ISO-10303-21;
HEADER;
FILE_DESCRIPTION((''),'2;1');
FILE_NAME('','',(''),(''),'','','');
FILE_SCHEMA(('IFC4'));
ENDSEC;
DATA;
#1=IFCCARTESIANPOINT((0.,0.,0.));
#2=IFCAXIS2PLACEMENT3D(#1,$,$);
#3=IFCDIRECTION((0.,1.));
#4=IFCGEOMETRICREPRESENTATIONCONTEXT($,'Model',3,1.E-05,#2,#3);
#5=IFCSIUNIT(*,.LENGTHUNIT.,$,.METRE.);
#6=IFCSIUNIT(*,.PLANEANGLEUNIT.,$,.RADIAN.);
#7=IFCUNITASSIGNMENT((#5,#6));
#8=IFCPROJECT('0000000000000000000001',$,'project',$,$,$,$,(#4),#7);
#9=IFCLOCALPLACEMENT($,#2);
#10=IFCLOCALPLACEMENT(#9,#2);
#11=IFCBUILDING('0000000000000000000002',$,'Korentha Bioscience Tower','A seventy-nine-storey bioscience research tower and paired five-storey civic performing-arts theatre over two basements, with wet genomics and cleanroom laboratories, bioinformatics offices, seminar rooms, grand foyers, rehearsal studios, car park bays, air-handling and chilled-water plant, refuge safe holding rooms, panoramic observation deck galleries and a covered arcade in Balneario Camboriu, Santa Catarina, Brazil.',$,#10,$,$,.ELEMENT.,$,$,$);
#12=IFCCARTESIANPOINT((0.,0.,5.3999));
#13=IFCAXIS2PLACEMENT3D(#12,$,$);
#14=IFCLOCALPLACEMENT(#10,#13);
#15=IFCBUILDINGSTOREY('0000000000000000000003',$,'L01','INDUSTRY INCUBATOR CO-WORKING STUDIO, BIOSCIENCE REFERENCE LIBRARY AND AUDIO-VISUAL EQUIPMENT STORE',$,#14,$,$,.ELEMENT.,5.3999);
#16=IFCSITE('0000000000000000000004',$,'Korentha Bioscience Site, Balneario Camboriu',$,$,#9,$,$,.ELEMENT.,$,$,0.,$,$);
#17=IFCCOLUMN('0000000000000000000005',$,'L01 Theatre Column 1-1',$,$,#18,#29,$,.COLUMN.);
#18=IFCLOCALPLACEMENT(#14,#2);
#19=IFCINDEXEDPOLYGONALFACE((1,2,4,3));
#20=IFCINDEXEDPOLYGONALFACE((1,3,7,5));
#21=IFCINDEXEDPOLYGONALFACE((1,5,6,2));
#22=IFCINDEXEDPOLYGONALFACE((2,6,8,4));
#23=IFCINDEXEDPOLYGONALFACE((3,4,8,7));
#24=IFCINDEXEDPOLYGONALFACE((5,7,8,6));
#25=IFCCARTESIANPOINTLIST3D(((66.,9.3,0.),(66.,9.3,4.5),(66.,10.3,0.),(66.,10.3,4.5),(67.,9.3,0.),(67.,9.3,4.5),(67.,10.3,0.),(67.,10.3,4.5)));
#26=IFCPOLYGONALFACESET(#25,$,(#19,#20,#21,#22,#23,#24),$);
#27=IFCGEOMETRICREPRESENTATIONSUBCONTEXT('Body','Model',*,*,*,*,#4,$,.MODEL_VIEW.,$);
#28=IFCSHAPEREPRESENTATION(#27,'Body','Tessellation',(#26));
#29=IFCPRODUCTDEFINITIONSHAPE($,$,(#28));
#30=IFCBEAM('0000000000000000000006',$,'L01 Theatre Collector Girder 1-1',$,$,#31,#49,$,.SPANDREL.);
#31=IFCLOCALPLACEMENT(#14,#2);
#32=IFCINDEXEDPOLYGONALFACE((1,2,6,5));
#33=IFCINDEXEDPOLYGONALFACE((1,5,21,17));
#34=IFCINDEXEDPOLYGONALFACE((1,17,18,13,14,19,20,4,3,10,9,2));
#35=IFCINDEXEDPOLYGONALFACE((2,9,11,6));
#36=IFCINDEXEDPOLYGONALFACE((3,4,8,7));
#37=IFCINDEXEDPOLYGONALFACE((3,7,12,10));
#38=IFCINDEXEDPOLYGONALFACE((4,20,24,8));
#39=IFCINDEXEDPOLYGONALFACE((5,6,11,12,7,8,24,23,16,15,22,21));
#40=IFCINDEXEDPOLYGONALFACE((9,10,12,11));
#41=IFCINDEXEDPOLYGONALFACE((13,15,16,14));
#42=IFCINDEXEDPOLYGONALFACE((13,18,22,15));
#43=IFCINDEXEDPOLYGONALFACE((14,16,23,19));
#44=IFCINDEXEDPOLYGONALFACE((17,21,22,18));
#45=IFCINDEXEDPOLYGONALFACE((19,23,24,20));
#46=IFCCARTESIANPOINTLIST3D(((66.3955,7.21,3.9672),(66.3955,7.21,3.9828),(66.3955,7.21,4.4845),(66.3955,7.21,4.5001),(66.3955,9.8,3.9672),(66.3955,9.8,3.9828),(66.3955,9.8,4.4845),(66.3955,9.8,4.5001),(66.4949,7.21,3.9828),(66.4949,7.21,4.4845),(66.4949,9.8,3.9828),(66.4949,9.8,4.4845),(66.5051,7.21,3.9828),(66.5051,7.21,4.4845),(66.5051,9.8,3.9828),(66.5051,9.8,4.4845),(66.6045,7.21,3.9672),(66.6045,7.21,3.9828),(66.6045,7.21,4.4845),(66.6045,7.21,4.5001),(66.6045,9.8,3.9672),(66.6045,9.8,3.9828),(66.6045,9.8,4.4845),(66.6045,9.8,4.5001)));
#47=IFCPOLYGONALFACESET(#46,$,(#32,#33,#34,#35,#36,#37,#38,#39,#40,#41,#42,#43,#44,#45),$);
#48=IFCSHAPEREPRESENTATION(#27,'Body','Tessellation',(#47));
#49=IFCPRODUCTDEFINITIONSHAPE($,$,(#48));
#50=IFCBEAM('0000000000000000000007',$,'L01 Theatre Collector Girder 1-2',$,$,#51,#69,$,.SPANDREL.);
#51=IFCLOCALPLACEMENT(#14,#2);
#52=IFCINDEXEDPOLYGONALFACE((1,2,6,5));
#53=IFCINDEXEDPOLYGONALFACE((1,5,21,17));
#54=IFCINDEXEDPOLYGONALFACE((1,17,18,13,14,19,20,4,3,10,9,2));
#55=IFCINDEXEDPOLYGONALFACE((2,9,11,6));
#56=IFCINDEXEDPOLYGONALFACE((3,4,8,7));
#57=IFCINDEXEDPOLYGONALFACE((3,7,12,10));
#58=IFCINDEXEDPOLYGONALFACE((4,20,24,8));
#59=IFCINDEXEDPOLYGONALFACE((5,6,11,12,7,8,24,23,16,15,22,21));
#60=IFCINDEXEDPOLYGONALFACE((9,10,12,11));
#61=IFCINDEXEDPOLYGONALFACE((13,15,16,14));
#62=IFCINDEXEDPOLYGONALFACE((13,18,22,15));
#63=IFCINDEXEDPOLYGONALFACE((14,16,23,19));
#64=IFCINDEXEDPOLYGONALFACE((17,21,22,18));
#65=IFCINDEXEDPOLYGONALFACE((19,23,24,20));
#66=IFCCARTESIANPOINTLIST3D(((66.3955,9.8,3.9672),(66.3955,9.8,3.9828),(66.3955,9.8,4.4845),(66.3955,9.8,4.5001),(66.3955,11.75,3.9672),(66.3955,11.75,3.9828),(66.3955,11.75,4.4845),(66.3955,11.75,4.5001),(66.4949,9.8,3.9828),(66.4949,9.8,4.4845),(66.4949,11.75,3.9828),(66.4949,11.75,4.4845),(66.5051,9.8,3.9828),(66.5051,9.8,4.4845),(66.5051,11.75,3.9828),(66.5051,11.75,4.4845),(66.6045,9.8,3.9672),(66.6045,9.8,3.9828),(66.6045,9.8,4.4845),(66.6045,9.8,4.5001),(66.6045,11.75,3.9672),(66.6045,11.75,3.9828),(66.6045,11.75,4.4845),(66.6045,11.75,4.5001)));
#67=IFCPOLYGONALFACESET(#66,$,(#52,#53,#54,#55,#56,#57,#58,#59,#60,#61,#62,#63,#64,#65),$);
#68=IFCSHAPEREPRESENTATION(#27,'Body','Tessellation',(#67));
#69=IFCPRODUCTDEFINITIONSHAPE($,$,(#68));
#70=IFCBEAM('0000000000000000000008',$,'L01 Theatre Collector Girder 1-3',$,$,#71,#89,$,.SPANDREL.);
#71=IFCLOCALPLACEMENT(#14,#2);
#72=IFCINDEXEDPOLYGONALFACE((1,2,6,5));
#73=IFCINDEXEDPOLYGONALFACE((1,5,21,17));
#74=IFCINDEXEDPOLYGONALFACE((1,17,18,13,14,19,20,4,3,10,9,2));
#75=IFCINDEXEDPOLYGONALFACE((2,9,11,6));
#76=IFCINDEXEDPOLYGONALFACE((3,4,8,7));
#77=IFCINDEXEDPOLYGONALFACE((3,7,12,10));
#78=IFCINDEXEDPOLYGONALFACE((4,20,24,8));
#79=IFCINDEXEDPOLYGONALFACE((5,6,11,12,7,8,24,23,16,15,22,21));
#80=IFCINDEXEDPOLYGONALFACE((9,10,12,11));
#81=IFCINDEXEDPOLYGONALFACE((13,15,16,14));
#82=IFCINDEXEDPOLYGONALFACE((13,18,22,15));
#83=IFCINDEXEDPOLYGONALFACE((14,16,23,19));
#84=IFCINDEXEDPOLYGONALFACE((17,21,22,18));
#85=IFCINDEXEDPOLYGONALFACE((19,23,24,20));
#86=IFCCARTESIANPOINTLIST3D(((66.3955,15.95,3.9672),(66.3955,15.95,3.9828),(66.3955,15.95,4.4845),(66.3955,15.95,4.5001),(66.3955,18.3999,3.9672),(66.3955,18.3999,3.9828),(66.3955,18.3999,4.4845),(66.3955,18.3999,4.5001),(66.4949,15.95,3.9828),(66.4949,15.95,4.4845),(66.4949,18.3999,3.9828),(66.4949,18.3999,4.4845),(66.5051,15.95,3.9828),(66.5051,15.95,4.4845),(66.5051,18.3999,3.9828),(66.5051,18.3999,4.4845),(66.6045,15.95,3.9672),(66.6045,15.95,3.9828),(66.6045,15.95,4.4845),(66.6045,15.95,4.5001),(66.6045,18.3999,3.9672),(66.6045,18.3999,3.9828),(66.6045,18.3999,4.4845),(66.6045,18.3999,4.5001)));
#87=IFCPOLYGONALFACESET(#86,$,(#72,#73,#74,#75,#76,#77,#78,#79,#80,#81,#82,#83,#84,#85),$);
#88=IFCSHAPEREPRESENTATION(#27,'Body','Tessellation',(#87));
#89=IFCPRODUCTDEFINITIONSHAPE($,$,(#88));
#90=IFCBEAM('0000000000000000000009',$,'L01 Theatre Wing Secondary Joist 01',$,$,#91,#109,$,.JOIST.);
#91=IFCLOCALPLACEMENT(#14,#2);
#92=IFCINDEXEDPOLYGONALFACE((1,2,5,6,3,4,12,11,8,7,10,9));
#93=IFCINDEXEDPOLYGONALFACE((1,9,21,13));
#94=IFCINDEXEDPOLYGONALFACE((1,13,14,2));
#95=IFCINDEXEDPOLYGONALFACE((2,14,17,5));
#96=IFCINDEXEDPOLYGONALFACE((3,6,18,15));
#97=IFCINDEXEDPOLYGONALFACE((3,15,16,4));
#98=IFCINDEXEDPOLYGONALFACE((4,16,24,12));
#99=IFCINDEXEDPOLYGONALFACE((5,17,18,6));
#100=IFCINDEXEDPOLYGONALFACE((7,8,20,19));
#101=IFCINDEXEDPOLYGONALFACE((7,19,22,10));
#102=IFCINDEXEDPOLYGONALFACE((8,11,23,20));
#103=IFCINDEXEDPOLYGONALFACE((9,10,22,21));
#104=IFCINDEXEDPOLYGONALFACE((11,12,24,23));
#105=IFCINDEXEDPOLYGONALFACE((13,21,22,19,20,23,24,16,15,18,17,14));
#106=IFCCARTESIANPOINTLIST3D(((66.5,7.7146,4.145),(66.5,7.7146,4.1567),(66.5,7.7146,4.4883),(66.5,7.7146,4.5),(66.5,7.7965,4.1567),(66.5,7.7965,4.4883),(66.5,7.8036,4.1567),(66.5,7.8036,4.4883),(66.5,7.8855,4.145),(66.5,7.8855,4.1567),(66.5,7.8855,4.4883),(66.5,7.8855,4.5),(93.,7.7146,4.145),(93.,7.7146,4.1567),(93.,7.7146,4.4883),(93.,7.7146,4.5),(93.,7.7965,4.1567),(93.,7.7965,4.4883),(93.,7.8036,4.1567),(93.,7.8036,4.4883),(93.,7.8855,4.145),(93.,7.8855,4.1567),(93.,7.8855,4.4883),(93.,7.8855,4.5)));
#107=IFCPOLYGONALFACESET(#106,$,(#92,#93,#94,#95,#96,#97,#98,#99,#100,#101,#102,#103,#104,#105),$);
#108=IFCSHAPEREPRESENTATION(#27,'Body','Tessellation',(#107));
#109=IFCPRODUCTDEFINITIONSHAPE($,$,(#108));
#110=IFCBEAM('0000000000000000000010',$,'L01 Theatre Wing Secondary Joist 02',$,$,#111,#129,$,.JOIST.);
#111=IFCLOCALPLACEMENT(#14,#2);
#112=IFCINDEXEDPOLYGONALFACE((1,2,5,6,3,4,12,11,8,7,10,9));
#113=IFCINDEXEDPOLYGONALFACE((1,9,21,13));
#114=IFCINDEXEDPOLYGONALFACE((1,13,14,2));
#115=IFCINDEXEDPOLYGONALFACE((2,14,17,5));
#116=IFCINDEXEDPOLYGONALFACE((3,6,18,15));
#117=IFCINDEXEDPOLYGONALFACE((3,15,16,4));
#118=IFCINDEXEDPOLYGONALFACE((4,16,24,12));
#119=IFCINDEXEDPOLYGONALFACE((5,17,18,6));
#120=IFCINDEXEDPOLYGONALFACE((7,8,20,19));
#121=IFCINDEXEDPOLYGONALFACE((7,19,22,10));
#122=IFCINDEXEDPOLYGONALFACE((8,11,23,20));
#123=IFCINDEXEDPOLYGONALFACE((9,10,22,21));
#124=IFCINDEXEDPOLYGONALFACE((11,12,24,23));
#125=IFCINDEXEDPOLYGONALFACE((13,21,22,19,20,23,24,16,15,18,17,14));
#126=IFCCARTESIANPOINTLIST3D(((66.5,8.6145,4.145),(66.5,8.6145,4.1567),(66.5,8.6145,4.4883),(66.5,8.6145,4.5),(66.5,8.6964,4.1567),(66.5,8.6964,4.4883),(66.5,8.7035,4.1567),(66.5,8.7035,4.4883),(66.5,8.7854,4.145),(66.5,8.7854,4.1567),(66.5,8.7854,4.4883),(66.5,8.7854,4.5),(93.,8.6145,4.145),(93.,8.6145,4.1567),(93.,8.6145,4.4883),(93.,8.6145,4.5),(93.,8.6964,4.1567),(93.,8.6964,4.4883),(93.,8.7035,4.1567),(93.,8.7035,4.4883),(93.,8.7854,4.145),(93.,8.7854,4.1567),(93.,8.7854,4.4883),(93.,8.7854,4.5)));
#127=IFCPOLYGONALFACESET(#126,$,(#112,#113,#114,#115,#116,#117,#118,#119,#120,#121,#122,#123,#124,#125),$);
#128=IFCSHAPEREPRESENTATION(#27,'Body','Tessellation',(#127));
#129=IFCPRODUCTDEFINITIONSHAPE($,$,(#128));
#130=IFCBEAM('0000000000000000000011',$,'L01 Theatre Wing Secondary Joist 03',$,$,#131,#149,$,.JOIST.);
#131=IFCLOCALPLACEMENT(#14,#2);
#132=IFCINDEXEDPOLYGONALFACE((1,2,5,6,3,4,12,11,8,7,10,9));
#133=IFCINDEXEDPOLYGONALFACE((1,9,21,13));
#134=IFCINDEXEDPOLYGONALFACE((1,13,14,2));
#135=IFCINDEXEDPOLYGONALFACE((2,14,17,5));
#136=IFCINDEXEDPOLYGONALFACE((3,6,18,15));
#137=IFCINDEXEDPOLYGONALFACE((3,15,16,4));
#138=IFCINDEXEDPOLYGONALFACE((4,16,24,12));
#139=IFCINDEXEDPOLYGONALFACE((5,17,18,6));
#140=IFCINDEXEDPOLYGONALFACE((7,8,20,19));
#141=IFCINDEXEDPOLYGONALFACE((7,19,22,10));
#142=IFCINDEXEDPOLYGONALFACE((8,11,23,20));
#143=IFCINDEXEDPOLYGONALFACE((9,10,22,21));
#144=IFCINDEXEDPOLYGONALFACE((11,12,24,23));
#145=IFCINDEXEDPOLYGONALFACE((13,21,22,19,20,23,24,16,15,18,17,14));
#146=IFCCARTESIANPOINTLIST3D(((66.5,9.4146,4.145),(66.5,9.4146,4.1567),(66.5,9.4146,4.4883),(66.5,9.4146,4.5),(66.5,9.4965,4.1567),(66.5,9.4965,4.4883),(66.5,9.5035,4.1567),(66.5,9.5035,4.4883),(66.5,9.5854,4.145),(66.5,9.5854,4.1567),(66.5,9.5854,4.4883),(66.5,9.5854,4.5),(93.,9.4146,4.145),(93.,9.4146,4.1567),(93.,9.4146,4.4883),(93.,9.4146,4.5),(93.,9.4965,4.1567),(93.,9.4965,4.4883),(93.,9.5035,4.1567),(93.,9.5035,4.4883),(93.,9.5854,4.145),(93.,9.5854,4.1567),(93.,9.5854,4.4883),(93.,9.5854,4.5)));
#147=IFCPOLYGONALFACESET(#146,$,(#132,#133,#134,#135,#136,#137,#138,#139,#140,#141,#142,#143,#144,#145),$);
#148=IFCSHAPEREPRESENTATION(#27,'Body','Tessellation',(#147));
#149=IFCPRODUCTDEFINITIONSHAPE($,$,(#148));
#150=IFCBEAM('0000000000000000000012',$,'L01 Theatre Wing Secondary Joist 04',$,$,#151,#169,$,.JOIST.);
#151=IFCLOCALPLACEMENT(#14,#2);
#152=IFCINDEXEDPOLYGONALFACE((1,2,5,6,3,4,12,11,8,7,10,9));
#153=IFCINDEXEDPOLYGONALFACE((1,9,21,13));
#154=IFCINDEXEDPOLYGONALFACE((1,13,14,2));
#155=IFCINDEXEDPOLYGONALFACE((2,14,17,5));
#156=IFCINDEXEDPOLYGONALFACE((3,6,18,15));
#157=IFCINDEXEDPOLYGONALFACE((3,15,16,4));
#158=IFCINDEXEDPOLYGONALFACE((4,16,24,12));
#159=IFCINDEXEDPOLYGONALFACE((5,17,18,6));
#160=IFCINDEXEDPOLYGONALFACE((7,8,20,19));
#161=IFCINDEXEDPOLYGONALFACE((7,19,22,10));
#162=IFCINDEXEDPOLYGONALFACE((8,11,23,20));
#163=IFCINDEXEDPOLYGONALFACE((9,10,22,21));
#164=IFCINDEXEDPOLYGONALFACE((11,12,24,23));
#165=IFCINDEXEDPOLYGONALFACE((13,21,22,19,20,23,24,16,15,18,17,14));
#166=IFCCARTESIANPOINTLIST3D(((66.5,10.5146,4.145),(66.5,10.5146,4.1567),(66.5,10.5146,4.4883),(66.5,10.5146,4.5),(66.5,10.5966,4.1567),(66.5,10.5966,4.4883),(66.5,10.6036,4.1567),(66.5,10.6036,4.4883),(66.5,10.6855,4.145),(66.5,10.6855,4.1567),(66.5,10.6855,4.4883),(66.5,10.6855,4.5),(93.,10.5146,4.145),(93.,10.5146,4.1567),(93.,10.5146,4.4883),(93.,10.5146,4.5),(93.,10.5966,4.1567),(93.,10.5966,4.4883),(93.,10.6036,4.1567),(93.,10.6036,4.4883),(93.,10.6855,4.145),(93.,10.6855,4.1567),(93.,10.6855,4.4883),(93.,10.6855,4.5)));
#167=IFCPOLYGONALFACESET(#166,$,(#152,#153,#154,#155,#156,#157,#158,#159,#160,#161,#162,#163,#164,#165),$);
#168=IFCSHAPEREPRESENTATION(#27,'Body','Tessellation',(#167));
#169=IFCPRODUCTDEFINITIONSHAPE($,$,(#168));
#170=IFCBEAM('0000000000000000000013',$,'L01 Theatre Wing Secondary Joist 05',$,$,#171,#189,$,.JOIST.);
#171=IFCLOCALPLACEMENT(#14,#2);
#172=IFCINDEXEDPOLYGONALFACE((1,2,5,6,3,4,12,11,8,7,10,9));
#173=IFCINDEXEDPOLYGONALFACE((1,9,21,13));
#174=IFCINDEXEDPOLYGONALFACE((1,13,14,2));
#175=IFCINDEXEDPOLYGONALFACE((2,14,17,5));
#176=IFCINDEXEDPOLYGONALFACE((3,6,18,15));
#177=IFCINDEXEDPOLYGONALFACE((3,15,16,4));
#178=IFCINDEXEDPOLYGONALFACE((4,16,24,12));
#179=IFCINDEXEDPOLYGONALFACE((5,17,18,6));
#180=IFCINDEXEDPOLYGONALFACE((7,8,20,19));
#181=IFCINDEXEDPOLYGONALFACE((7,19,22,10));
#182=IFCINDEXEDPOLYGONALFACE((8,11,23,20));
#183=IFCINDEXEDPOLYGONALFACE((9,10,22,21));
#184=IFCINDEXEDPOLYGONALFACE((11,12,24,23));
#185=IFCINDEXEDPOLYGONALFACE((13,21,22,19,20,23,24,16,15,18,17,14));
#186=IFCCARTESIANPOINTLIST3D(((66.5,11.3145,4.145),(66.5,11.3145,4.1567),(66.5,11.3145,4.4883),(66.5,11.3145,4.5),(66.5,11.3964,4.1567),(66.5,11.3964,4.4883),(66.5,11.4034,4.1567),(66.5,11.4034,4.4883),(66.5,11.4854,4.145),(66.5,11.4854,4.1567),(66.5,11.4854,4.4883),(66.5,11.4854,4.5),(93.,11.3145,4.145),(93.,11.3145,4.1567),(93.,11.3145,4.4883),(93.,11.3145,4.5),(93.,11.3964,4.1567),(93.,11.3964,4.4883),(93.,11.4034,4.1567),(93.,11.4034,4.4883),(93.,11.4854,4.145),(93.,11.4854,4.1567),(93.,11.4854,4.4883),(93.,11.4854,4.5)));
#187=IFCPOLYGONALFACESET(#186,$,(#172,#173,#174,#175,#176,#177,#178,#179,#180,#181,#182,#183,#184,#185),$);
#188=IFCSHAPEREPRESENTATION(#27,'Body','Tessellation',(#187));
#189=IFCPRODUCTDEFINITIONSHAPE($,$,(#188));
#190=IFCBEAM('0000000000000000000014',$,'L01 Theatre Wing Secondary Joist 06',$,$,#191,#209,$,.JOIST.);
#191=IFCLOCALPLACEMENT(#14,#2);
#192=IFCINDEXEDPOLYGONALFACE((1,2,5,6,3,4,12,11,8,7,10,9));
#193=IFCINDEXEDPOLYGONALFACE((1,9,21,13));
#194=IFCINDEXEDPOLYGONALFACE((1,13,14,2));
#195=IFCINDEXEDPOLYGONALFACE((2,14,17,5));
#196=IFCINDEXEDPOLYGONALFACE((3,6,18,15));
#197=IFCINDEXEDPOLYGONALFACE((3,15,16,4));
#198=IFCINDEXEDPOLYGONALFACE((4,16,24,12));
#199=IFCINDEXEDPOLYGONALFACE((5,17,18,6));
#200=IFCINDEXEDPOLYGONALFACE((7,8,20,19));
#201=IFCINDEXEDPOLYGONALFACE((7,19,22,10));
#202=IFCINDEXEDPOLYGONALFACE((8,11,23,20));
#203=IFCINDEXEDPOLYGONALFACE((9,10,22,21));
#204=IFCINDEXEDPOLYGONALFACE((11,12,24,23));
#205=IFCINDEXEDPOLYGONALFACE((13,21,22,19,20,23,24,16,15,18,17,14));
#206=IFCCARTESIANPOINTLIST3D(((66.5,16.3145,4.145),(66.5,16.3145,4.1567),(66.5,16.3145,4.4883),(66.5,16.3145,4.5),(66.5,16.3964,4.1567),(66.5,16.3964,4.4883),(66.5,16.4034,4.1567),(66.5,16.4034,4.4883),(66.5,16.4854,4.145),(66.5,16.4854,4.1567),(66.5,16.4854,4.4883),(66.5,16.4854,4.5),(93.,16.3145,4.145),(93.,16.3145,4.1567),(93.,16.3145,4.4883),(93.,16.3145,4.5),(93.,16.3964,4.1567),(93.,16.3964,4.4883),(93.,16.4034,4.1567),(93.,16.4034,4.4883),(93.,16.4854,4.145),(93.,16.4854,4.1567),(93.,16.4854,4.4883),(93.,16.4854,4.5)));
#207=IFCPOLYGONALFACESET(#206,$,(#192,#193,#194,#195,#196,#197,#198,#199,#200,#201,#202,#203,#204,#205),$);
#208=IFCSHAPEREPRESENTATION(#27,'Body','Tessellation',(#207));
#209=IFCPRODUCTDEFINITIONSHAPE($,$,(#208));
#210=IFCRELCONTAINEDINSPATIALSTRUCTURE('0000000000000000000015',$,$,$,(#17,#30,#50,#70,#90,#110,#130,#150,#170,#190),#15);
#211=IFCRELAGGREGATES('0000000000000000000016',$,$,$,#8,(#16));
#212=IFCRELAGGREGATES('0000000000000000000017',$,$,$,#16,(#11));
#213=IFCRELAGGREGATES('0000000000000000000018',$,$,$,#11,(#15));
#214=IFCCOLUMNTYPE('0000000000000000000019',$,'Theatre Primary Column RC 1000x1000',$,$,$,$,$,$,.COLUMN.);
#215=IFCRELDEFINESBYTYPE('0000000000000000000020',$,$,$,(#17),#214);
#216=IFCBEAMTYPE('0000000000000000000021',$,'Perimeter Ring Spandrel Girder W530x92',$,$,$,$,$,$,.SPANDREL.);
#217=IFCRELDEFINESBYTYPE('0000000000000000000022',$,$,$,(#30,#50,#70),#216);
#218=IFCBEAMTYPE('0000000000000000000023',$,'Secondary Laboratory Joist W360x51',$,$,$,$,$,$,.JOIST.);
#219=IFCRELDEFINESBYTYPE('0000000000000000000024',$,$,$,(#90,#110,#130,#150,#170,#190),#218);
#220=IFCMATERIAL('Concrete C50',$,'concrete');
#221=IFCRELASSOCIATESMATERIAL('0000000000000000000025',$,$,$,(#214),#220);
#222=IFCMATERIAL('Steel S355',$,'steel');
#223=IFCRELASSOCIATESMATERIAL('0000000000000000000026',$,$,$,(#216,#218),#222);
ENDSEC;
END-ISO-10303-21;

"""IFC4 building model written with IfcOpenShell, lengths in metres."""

from ifc_helpers import new_model, si_unit, direction, frame, origin, origin_2d, place, context, subcontext, project, spatial, rectangle, i_section, extrude, material, material_profile, profile_set, type_object, element, save


model = new_model("IFC4")

# Units and contexts
model_context = context("Model", 3, precision=1e-05, world=origin(), true_north=direction((0.0, 1.0)))
body_context = subcontext(model_context, "Body", "Model", "MODEL_VIEW")
ifc_project = project(units=[si_unit("LENGTHUNIT", "METRE"), si_unit("PLANEANGLEUNIT", "RADIAN")], contexts=[model_context])

# Site, building, storey
site_placement = place(None, origin())
site = spatial("IfcSite", under=ifc_project, at=site_placement, Name="Korentha Bioscience Site, Balneario Camboriu", CompositionType="ELEMENT", RefElevation=0.0)
building_placement = place(site_placement, origin())
building = spatial("IfcBuilding", under=site, at=building_placement, Name="Korentha Bioscience Tower", Description="A seventy-nine-storey bioscience research tower and paired five-storey civic performing-arts theatre over two basements, with wet genomics and cleanroom laboratories, bioinformatics offices, seminar rooms, grand foyers, rehearsal studios, car park bays, air-handling and chilled-water plant, refuge safe holding rooms, panoramic observation deck galleries and a covered arcade in Balneario Camboriu, Santa Catarina, Brazil.", CompositionType="ELEMENT")
storey_placement = place(building_placement, frame((0.0, 0.0, 5.3999)))
storey = spatial("IfcBuildingStorey", under=building, at=storey_placement, Name="L01", Description="INDUSTRY INCUBATOR CO-WORKING STUDIO, BIOSCIENCE REFERENCE LIBRARY AND AUDIO-VISUAL EQUIPMENT STORE", CompositionType="ELEMENT", Elevation=5.3999)

# Column
ifc_material_1 = material(Name="Concrete C50", Category="concrete")
ifc_material_profile_1 = material_profile(ifc_material_1, rectangle(XDim=1.0, YDim=1.0, at=origin_2d()), Name="Concrete C50")
ifc_profile_set_1 = profile_set([ifc_material_profile_1], Name="Concrete C50 (TC-01)")
column_type = type_object("IfcColumnType", Name="Theatre Primary Column RC 1000x1000", PredefinedType="COLUMN", material=ifc_profile_set_1)
column_placement = place(storey_placement, frame((66.5, 9.8, 0.0), z_axis=(0.0, 0.0, 1.0), x_axis=(1.0, 0.0, 0.0)))
element("IfcColumn", 1, at=column_placement, inside=storey, type_object=column_type, Name="L01 Theatre Column 1-1", PredefinedType="COLUMN", context=body_context, shape_type="SweptSolid", body=[
    extrude(rectangle(XDim=1.0, YDim=1.0, at=origin_2d()), origin(), (0.0, 0.0, 1.0), 4.5),
])

# Beams
ifc_material_2 = material(Name="Steel S355", Category="steel")
ifc_material_profile_2 = material_profile(ifc_material_2, i_section(OverallWidth=0.209, OverallDepth=0.533, WebThickness=0.0103, FlangeThickness=0.0156, at=origin_2d()), Name="Steel S355")
ifc_profile_set_2 = profile_set([ifc_material_profile_2], Name="Steel S355 (SB-530)")
beam_type_1 = type_object("IfcBeamType", Name="Perimeter Ring Spandrel Girder W530x92", PredefinedType="SPANDREL", material=ifc_profile_set_2)
beam_1_placement = place(storey_placement, frame((66.5, 7.21, 4.2336), z_axis=(0.0, 1.0, 0.0), x_axis=(-1.0, 0.0, 0.0)))
element("IfcBeam", 2, at=beam_1_placement, inside=storey, type_object=beam_type_1, Name="L01 Theatre Collector Girder 1-1", PredefinedType="SPANDREL", context=body_context, shape_type="SweptSolid", body=[
    extrude(i_section(OverallWidth=0.209, OverallDepth=0.533, WebThickness=0.0103, FlangeThickness=0.0156, at=origin_2d()), origin(), (0.0, 0.0, 1.0), 2.5901),
])
beam_2_placement = place(storey_placement, frame((66.5, 9.8, 4.2336), z_axis=(0.0, 1.0, 0.0), x_axis=(-1.0, 0.0, 0.0)))
element("IfcBeam", 3, at=beam_2_placement, inside=storey, type_object=beam_type_1, Name="L01 Theatre Collector Girder 1-2", PredefinedType="SPANDREL", context=body_context, shape_type="SweptSolid", body=[
    extrude(i_section(OverallWidth=0.209, OverallDepth=0.533, WebThickness=0.0103, FlangeThickness=0.0156, at=origin_2d()), origin(), (0.0, 0.0, 1.0), 1.95),
])
beam_3_placement = place(storey_placement, frame((66.5, 15.95, 4.2336), z_axis=(0.0, 1.0, 0.0), x_axis=(-1.0, 0.0, 0.0)))
element("IfcBeam", 4, at=beam_3_placement, inside=storey, type_object=beam_type_1, Name="L01 Theatre Collector Girder 1-3", PredefinedType="SPANDREL", context=body_context, shape_type="SweptSolid", body=[
    extrude(i_section(OverallWidth=0.209, OverallDepth=0.533, WebThickness=0.0103, FlangeThickness=0.0156, at=origin_2d()), origin(), (0.0, 0.0, 1.0), 2.45),
])
ifc_material_profile_3 = material_profile(ifc_material_2, i_section(OverallWidth=0.1709, OverallDepth=0.355, WebThickness=0.0071, FlangeThickness=0.0117, at=origin_2d()), Name="Steel S355")
ifc_profile_set_3 = profile_set([ifc_material_profile_3], Name="Steel S355 (JB-360)")
beam_type_2 = type_object("IfcBeamType", Name="Secondary Laboratory Joist W360x51", PredefinedType="JOIST", material=ifc_profile_set_3)
for number, where, z_axis, x_axis, name in (
    (5, (66.5, 7.8, 4.3225), (1.0, 0.0, 0.0), (0.0, 1.0, 0.0), "L01 Theatre Wing Secondary Joist 01"),
    (6, (66.5, 8.7, 4.3225), (1.0, 0.0, 0.0), (0.0, 1.0, 0.0), "L01 Theatre Wing Secondary Joist 02"),
    (7, (66.5, 9.5, 4.3225), (1.0, 0.0, 0.0), (0.0, 1.0, 0.0), "L01 Theatre Wing Secondary Joist 03"),
    (8, (66.5, 10.6001, 4.3225), (1.0, 0.0, 0.0), (0.0, 1.0, 0.0), "L01 Theatre Wing Secondary Joist 04"),
    (9, (66.5, 11.3999, 4.3225), (1.0, 0.0, 0.0), (0.0, 1.0, 0.0), "L01 Theatre Wing Secondary Joist 05"),
    (10, (66.5, 16.3999, 4.3225), (1.0, 0.0, 0.0), (0.0, 1.0, 0.0), "L01 Theatre Wing Secondary Joist 06"),
):
    element("IfcBeam", number, at=place(storey_placement, frame(where, z_axis=z_axis, x_axis=x_axis)), inside=storey, type_object=beam_type_2, Name=name, PredefinedType="JOIST", context=body_context, shape_type="SweptSolid", body=[
        extrude(i_section(OverallWidth=0.1709, OverallDepth=0.355, WebThickness=0.0071, FlangeThickness=0.0117, at=origin_2d()), origin(), (0.0, 0.0, 1.0), 26.5),
    ])

save(model, "model.ifc")
